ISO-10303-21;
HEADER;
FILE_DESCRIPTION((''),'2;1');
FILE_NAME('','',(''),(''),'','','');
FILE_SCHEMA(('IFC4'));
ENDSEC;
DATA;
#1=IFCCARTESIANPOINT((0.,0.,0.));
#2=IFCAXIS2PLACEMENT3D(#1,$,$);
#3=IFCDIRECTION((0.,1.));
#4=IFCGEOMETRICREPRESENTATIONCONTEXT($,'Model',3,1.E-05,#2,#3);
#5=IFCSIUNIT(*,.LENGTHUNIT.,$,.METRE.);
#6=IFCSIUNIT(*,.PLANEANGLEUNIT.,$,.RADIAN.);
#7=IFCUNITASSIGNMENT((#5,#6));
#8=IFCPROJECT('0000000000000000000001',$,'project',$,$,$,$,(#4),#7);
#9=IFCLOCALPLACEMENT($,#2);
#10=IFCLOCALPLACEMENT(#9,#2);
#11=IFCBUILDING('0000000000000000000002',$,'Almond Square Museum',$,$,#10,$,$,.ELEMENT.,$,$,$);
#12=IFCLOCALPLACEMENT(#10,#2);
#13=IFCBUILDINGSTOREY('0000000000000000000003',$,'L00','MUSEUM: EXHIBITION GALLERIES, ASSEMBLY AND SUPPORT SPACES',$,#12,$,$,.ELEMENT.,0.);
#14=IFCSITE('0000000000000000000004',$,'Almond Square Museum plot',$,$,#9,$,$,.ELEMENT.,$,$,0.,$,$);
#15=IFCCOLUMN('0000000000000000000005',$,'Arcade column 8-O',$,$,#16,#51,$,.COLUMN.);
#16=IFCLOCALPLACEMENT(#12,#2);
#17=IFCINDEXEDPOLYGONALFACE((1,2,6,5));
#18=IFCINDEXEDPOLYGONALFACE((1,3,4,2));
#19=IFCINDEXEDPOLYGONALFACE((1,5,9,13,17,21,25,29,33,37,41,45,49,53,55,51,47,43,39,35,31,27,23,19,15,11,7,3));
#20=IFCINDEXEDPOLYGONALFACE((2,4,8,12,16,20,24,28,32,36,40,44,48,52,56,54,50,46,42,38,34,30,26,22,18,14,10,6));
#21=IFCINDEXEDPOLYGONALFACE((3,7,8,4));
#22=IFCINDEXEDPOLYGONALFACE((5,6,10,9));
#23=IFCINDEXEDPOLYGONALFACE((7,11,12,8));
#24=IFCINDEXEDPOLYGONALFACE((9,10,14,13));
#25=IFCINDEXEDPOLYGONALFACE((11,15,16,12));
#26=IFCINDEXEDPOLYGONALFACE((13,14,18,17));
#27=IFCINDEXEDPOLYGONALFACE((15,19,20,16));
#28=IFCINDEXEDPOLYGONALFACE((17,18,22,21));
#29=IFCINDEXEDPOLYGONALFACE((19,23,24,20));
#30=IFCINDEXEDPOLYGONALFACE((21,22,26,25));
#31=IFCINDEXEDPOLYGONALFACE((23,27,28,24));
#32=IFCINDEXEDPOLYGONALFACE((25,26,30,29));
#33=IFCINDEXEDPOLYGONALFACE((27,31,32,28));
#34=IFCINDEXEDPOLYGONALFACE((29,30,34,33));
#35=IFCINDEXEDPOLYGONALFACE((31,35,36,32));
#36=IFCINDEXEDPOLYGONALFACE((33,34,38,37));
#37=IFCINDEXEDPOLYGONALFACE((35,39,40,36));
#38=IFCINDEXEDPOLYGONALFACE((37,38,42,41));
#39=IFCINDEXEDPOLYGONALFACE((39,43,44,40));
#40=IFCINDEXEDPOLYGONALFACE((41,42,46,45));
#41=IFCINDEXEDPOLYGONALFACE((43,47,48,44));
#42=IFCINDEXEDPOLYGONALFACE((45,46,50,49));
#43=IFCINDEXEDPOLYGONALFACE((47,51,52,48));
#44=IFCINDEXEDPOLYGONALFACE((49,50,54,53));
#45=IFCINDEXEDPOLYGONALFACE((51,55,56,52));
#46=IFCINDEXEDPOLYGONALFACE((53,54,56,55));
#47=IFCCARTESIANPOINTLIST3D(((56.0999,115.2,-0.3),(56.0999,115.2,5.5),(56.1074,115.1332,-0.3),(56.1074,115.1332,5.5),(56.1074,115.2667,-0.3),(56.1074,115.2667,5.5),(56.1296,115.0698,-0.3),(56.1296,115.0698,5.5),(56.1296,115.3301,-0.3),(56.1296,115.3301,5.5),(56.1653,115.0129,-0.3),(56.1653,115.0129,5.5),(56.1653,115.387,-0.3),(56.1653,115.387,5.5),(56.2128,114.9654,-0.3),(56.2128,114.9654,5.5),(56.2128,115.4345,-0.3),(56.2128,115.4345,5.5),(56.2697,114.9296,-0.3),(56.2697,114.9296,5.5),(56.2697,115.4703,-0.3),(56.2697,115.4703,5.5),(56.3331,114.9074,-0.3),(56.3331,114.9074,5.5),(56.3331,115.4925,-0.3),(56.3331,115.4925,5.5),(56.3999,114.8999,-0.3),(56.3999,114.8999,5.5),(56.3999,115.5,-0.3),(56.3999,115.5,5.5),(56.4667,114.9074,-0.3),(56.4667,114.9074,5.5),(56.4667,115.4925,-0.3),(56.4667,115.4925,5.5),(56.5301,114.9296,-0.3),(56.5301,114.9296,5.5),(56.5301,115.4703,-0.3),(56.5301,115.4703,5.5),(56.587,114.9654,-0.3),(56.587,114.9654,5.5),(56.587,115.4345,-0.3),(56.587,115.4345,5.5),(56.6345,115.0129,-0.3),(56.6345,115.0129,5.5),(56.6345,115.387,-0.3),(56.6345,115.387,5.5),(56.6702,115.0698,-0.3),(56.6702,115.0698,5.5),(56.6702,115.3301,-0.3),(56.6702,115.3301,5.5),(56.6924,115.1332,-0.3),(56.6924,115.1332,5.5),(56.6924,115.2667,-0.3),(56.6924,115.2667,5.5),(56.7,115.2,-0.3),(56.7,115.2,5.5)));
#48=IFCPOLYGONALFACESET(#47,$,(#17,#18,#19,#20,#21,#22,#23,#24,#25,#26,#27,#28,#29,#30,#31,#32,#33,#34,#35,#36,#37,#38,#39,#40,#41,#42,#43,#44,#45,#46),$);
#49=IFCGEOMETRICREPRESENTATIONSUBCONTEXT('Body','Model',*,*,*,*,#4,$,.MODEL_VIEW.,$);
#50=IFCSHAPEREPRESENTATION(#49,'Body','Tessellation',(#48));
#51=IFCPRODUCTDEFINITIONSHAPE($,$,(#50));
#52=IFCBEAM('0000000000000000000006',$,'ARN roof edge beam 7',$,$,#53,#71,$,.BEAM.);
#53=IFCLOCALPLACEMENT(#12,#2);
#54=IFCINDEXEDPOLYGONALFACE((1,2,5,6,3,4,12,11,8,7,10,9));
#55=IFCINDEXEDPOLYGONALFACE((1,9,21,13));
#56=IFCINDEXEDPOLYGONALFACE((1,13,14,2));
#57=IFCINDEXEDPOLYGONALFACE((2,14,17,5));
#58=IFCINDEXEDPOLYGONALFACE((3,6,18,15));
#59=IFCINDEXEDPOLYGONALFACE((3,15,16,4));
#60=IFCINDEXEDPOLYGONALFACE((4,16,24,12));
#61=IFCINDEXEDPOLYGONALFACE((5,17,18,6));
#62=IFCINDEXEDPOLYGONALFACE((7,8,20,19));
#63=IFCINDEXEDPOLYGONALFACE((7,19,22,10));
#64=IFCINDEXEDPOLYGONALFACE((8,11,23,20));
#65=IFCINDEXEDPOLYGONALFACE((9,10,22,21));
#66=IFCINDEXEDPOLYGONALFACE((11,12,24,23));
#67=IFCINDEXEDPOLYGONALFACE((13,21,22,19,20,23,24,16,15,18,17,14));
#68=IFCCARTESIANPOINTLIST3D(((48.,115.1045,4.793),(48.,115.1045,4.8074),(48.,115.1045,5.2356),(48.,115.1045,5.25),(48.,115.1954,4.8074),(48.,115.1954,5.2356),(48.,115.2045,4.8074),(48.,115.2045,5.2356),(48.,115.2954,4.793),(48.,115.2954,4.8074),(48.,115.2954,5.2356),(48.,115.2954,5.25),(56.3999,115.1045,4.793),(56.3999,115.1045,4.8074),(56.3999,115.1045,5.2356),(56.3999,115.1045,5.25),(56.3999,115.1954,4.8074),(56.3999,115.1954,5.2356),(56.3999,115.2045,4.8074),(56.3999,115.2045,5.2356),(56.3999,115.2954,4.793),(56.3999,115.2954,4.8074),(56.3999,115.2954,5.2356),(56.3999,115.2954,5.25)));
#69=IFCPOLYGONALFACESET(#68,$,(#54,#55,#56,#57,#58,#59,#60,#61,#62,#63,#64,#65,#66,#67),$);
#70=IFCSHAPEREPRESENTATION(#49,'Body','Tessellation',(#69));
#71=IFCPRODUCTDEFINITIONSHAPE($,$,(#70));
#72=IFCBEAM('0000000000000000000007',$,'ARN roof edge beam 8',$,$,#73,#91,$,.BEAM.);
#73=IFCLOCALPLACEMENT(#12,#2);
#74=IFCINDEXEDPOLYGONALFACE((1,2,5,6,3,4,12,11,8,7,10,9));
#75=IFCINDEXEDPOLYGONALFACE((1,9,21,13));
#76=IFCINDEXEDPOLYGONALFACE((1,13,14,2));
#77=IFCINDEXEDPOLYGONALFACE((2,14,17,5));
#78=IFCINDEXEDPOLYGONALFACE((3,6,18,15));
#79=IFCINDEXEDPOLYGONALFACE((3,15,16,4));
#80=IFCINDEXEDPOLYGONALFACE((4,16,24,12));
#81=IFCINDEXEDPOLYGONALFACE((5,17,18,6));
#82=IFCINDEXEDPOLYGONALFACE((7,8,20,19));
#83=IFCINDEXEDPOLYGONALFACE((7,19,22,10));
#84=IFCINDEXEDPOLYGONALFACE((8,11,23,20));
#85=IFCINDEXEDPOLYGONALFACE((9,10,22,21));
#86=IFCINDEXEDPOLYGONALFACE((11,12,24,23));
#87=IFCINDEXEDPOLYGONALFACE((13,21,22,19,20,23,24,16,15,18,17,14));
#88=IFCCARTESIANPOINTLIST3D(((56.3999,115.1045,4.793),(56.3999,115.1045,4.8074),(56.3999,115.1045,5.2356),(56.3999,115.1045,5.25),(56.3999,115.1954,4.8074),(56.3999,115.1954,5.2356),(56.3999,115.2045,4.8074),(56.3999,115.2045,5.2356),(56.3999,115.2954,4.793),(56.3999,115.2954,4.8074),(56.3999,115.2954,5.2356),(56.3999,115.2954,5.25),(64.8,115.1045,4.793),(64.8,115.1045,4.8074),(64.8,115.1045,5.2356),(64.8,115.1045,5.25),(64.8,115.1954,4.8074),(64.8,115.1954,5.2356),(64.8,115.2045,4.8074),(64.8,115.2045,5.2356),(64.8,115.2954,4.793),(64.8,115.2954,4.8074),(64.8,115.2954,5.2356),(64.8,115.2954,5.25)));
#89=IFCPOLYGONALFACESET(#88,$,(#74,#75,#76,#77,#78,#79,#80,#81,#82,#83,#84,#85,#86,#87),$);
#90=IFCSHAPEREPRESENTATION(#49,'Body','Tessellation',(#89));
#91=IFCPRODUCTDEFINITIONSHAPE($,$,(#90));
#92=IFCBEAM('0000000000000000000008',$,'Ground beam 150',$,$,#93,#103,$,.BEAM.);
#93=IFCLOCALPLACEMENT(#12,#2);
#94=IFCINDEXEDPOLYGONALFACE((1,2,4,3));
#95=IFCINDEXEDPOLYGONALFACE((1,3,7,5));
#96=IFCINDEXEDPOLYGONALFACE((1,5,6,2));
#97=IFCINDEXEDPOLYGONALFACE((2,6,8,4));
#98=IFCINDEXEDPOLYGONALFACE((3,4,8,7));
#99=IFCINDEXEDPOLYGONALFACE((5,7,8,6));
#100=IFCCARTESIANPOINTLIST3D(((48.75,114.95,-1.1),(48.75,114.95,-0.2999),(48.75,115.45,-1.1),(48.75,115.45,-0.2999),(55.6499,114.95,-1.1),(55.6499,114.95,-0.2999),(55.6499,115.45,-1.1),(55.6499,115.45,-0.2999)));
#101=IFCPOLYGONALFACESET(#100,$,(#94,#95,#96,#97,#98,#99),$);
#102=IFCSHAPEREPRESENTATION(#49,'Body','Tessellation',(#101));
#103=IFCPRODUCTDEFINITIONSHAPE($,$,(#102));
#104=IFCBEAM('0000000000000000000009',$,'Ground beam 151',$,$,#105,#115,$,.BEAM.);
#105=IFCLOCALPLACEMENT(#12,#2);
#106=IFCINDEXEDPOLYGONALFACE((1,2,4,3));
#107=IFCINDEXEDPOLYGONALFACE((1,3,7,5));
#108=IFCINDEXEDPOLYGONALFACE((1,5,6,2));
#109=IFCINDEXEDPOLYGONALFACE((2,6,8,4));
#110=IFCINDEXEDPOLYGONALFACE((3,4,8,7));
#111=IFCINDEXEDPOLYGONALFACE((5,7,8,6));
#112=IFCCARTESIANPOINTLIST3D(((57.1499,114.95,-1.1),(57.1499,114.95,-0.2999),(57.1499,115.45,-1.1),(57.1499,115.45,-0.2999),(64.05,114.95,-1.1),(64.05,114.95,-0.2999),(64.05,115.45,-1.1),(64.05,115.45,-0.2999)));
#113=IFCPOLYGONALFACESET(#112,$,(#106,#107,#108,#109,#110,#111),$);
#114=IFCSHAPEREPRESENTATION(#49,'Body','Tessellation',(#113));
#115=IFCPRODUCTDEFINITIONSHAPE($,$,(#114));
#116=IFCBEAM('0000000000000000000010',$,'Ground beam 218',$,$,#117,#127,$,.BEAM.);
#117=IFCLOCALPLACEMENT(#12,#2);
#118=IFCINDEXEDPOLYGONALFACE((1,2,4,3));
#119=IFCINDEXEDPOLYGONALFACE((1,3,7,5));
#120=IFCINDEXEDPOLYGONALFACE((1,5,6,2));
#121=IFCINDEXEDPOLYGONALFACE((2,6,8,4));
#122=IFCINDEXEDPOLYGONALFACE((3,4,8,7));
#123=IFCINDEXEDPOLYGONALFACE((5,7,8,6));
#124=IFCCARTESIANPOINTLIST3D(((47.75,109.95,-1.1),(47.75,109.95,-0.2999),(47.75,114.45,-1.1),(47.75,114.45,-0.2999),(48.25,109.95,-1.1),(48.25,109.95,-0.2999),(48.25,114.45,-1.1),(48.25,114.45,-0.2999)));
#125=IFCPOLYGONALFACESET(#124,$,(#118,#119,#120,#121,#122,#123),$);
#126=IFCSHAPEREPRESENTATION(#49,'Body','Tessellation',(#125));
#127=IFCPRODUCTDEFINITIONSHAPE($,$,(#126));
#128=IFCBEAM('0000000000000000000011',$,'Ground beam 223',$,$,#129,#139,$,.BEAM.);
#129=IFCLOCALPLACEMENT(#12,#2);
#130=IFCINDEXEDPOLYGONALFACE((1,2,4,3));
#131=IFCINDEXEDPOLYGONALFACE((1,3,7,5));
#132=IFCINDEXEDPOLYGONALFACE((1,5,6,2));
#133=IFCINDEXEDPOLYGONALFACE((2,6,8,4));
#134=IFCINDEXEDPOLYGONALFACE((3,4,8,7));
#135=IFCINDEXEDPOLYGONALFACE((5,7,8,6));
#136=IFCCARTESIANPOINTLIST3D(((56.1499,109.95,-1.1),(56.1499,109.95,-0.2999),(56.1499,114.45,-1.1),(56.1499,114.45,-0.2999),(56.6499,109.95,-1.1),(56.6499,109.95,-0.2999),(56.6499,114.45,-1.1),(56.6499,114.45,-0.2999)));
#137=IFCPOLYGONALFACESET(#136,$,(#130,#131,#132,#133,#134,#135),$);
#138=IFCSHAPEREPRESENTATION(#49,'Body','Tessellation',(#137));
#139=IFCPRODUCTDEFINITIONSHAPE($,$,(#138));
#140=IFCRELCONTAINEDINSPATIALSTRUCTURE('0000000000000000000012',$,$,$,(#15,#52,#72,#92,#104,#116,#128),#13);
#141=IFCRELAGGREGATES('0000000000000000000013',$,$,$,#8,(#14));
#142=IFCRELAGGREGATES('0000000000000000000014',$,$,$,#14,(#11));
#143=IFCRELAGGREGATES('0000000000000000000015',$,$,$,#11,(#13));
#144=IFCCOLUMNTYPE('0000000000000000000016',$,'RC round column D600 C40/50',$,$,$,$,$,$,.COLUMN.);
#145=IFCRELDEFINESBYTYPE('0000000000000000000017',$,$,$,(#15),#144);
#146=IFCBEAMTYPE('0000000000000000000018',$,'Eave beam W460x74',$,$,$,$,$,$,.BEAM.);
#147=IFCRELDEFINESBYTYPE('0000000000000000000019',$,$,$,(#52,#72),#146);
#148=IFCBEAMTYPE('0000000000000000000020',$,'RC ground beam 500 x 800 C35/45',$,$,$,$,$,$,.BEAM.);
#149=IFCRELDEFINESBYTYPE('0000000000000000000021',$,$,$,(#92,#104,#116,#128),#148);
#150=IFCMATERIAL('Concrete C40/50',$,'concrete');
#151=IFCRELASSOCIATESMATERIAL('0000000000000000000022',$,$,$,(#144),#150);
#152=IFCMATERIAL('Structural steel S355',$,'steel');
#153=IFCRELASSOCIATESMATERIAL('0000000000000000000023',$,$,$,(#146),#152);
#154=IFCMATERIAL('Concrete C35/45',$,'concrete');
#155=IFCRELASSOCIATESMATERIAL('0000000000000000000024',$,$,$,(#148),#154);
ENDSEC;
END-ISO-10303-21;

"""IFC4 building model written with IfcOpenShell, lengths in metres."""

from ifc_helpers import new_model, si_unit, direction, frame, origin, origin_2d, place, context, subcontext, project, spatial, rectangle, circle, i_section, extrude, material, material_profile, profile_set, type_object, element, save


model = new_model("IFC4")

# Units and contexts
model_context = context("Model", 3, precision=1e-05, world=origin(), true_north=direction((0.0, 1.0)))
body_context = subcontext(model_context, "Body", "Model", "MODEL_VIEW")
ifc_project = project(units=[si_unit("LENGTHUNIT", "METRE"), si_unit("PLANEANGLEUNIT", "RADIAN")], contexts=[model_context])

# Site, building, storey
site_placement = place(None, origin())
site = spatial("IfcSite", under=ifc_project, at=site_placement, Name="Almond Square Museum plot", CompositionType="ELEMENT", RefElevation=0.0)
building_placement = place(site_placement, origin())
building = spatial("IfcBuilding", under=site, at=building_placement, Name="Almond Square Museum", CompositionType="ELEMENT")
storey_placement = place(building_placement, origin())
storey = spatial("IfcBuildingStorey", under=building, at=storey_placement, Name="L00", Description="MUSEUM: EXHIBITION GALLERIES, ASSEMBLY AND SUPPORT SPACES", CompositionType="ELEMENT", Elevation=0.0)

# Column
ifc_material_1 = material(Name="Concrete C40/50", Category="concrete")
ifc_material_profile_1 = material_profile(ifc_material_1, circle(Radius=0.3, at=origin_2d()))
ifc_profile_set_1 = profile_set([ifc_material_profile_1], Name="Concrete C40/50")
column_type_1 = type_object("IfcColumnType", Name="RC round column D600 C40/50", PredefinedType="COLUMN", material=ifc_profile_set_1)
for number, where, z_axis, x_axis, name in (
    (1, (56.3999, 115.2, -0.3), (0.0, 0.0, 1.0), (1.0, 0.0, 0.0), "Arcade column 8-O"),
):
    element("IfcColumn", number, at=place(storey_placement, frame(where, z_axis=z_axis, x_axis=x_axis)), inside=storey, type_object=column_type_1, Name=name, PredefinedType="COLUMN", context=body_context, shape_type="SweptSolid", body=[
        extrude(circle(Radius=0.3, at=origin_2d()), origin(), (0.0, 0.0, 1.0), 5.8),
    ])

# Beams
ifc_material_2 = material(Name="Structural steel S355", Category="steel")
ifc_material_profile_2 = material_profile(ifc_material_2, i_section(OverallWidth=0.1909, OverallDepth=0.457, WebThickness=0.009, FlangeThickness=0.0144, at=origin_2d()))
ifc_profile_set_2 = profile_set([ifc_material_profile_2], Name="Structural steel S355")
beam_type_1 = type_object("IfcBeamType", Name="Eave beam W460x74", PredefinedType="BEAM", material=ifc_profile_set_2)
beam_1_placement = place(storey_placement, frame((48.0, 115.2, 5.0215), z_axis=(1.0, 0.0, 0.0), x_axis=(0.0, 1.0, 0.0)))
element("IfcBeam", 2, at=beam_1_placement, inside=storey, type_object=beam_type_1, Name="ARN roof edge beam 7", PredefinedType="BEAM", context=body_context, shape_type="SweptSolid", body=[
    extrude(i_section(OverallWidth=0.1909, OverallDepth=0.457, WebThickness=0.009, FlangeThickness=0.0144, at=origin_2d()), origin(), (0.0, 0.0, 1.0), 8.3999),
])
beam_2_placement = place(storey_placement, frame((56.3999, 115.2, 5.0215), z_axis=(1.0, 0.0, 0.0), x_axis=(0.0, 1.0, 0.0)))
element("IfcBeam", 3, at=beam_2_placement, inside=storey, type_object=beam_type_1, Name="ARN roof edge beam 8", PredefinedType="BEAM", context=body_context, shape_type="SweptSolid", body=[
    extrude(i_section(OverallWidth=0.1909, OverallDepth=0.457, WebThickness=0.009, FlangeThickness=0.0144, at=origin_2d()), origin(), (0.0, 0.0, 1.0), 8.4001),
])
ifc_material_3 = material(Name="Concrete C35/45", Category="concrete")
ifc_material_profile_3 = material_profile(ifc_material_3, rectangle(XDim=0.5, YDim=0.8, at=origin_2d()))
ifc_profile_set_3 = profile_set([ifc_material_profile_3], Name="Concrete C35/45")
beam_type_2 = type_object("IfcBeamType", Name="RC ground beam 500 x 800 C35/45", PredefinedType="BEAM", material=ifc_profile_set_3)
beam_3_placement = place(storey_placement, frame((48.75, 115.2, -0.7), z_axis=(1.0, 0.0, 0.0), x_axis=(0.0, 1.0, 0.0)))
element("IfcBeam", 4, at=beam_3_placement, inside=storey, type_object=beam_type_2, Name="Ground beam 150", PredefinedType="BEAM", context=body_context, shape_type="SweptSolid", body=[
    extrude(rectangle(XDim=0.5, YDim=0.8, at=origin_2d()), origin(), (0.0, 0.0, 1.0), 6.8999),
])
beam_4_placement = place(storey_placement, frame((57.1499, 115.2, -0.7), z_axis=(1.0, 0.0, 0.0), x_axis=(0.0, 1.0, 0.0)))
element("IfcBeam", 5, at=beam_4_placement, inside=storey, type_object=beam_type_2, Name="Ground beam 151", PredefinedType="BEAM", context=body_context, shape_type="SweptSolid", body=[
    extrude(rectangle(XDim=0.5, YDim=0.8, at=origin_2d()), origin(), (0.0, 0.0, 1.0), 6.9001),
])
for number, where, z_axis, x_axis, name in (
    (6, (48.0, 109.95, -0.7), (0.0, 1.0, 0.0), (-1.0, 0.0, 0.0), "Ground beam 218"),
    (7, (56.3999, 109.95, -0.7), (0.0, 1.0, 0.0), (-1.0, 0.0, 0.0), "Ground beam 223"),
):
    element("IfcBeam", number, at=place(storey_placement, frame(where, z_axis=z_axis, x_axis=x_axis)), inside=storey, type_object=beam_type_2, Name=name, PredefinedType="BEAM", context=body_context, shape_type="SweptSolid", body=[
        extrude(rectangle(XDim=0.5, YDim=0.8, at=origin_2d()), origin(), (0.0, 0.0, 1.0), 4.5),
    ])

save(model, "model.ifc")
